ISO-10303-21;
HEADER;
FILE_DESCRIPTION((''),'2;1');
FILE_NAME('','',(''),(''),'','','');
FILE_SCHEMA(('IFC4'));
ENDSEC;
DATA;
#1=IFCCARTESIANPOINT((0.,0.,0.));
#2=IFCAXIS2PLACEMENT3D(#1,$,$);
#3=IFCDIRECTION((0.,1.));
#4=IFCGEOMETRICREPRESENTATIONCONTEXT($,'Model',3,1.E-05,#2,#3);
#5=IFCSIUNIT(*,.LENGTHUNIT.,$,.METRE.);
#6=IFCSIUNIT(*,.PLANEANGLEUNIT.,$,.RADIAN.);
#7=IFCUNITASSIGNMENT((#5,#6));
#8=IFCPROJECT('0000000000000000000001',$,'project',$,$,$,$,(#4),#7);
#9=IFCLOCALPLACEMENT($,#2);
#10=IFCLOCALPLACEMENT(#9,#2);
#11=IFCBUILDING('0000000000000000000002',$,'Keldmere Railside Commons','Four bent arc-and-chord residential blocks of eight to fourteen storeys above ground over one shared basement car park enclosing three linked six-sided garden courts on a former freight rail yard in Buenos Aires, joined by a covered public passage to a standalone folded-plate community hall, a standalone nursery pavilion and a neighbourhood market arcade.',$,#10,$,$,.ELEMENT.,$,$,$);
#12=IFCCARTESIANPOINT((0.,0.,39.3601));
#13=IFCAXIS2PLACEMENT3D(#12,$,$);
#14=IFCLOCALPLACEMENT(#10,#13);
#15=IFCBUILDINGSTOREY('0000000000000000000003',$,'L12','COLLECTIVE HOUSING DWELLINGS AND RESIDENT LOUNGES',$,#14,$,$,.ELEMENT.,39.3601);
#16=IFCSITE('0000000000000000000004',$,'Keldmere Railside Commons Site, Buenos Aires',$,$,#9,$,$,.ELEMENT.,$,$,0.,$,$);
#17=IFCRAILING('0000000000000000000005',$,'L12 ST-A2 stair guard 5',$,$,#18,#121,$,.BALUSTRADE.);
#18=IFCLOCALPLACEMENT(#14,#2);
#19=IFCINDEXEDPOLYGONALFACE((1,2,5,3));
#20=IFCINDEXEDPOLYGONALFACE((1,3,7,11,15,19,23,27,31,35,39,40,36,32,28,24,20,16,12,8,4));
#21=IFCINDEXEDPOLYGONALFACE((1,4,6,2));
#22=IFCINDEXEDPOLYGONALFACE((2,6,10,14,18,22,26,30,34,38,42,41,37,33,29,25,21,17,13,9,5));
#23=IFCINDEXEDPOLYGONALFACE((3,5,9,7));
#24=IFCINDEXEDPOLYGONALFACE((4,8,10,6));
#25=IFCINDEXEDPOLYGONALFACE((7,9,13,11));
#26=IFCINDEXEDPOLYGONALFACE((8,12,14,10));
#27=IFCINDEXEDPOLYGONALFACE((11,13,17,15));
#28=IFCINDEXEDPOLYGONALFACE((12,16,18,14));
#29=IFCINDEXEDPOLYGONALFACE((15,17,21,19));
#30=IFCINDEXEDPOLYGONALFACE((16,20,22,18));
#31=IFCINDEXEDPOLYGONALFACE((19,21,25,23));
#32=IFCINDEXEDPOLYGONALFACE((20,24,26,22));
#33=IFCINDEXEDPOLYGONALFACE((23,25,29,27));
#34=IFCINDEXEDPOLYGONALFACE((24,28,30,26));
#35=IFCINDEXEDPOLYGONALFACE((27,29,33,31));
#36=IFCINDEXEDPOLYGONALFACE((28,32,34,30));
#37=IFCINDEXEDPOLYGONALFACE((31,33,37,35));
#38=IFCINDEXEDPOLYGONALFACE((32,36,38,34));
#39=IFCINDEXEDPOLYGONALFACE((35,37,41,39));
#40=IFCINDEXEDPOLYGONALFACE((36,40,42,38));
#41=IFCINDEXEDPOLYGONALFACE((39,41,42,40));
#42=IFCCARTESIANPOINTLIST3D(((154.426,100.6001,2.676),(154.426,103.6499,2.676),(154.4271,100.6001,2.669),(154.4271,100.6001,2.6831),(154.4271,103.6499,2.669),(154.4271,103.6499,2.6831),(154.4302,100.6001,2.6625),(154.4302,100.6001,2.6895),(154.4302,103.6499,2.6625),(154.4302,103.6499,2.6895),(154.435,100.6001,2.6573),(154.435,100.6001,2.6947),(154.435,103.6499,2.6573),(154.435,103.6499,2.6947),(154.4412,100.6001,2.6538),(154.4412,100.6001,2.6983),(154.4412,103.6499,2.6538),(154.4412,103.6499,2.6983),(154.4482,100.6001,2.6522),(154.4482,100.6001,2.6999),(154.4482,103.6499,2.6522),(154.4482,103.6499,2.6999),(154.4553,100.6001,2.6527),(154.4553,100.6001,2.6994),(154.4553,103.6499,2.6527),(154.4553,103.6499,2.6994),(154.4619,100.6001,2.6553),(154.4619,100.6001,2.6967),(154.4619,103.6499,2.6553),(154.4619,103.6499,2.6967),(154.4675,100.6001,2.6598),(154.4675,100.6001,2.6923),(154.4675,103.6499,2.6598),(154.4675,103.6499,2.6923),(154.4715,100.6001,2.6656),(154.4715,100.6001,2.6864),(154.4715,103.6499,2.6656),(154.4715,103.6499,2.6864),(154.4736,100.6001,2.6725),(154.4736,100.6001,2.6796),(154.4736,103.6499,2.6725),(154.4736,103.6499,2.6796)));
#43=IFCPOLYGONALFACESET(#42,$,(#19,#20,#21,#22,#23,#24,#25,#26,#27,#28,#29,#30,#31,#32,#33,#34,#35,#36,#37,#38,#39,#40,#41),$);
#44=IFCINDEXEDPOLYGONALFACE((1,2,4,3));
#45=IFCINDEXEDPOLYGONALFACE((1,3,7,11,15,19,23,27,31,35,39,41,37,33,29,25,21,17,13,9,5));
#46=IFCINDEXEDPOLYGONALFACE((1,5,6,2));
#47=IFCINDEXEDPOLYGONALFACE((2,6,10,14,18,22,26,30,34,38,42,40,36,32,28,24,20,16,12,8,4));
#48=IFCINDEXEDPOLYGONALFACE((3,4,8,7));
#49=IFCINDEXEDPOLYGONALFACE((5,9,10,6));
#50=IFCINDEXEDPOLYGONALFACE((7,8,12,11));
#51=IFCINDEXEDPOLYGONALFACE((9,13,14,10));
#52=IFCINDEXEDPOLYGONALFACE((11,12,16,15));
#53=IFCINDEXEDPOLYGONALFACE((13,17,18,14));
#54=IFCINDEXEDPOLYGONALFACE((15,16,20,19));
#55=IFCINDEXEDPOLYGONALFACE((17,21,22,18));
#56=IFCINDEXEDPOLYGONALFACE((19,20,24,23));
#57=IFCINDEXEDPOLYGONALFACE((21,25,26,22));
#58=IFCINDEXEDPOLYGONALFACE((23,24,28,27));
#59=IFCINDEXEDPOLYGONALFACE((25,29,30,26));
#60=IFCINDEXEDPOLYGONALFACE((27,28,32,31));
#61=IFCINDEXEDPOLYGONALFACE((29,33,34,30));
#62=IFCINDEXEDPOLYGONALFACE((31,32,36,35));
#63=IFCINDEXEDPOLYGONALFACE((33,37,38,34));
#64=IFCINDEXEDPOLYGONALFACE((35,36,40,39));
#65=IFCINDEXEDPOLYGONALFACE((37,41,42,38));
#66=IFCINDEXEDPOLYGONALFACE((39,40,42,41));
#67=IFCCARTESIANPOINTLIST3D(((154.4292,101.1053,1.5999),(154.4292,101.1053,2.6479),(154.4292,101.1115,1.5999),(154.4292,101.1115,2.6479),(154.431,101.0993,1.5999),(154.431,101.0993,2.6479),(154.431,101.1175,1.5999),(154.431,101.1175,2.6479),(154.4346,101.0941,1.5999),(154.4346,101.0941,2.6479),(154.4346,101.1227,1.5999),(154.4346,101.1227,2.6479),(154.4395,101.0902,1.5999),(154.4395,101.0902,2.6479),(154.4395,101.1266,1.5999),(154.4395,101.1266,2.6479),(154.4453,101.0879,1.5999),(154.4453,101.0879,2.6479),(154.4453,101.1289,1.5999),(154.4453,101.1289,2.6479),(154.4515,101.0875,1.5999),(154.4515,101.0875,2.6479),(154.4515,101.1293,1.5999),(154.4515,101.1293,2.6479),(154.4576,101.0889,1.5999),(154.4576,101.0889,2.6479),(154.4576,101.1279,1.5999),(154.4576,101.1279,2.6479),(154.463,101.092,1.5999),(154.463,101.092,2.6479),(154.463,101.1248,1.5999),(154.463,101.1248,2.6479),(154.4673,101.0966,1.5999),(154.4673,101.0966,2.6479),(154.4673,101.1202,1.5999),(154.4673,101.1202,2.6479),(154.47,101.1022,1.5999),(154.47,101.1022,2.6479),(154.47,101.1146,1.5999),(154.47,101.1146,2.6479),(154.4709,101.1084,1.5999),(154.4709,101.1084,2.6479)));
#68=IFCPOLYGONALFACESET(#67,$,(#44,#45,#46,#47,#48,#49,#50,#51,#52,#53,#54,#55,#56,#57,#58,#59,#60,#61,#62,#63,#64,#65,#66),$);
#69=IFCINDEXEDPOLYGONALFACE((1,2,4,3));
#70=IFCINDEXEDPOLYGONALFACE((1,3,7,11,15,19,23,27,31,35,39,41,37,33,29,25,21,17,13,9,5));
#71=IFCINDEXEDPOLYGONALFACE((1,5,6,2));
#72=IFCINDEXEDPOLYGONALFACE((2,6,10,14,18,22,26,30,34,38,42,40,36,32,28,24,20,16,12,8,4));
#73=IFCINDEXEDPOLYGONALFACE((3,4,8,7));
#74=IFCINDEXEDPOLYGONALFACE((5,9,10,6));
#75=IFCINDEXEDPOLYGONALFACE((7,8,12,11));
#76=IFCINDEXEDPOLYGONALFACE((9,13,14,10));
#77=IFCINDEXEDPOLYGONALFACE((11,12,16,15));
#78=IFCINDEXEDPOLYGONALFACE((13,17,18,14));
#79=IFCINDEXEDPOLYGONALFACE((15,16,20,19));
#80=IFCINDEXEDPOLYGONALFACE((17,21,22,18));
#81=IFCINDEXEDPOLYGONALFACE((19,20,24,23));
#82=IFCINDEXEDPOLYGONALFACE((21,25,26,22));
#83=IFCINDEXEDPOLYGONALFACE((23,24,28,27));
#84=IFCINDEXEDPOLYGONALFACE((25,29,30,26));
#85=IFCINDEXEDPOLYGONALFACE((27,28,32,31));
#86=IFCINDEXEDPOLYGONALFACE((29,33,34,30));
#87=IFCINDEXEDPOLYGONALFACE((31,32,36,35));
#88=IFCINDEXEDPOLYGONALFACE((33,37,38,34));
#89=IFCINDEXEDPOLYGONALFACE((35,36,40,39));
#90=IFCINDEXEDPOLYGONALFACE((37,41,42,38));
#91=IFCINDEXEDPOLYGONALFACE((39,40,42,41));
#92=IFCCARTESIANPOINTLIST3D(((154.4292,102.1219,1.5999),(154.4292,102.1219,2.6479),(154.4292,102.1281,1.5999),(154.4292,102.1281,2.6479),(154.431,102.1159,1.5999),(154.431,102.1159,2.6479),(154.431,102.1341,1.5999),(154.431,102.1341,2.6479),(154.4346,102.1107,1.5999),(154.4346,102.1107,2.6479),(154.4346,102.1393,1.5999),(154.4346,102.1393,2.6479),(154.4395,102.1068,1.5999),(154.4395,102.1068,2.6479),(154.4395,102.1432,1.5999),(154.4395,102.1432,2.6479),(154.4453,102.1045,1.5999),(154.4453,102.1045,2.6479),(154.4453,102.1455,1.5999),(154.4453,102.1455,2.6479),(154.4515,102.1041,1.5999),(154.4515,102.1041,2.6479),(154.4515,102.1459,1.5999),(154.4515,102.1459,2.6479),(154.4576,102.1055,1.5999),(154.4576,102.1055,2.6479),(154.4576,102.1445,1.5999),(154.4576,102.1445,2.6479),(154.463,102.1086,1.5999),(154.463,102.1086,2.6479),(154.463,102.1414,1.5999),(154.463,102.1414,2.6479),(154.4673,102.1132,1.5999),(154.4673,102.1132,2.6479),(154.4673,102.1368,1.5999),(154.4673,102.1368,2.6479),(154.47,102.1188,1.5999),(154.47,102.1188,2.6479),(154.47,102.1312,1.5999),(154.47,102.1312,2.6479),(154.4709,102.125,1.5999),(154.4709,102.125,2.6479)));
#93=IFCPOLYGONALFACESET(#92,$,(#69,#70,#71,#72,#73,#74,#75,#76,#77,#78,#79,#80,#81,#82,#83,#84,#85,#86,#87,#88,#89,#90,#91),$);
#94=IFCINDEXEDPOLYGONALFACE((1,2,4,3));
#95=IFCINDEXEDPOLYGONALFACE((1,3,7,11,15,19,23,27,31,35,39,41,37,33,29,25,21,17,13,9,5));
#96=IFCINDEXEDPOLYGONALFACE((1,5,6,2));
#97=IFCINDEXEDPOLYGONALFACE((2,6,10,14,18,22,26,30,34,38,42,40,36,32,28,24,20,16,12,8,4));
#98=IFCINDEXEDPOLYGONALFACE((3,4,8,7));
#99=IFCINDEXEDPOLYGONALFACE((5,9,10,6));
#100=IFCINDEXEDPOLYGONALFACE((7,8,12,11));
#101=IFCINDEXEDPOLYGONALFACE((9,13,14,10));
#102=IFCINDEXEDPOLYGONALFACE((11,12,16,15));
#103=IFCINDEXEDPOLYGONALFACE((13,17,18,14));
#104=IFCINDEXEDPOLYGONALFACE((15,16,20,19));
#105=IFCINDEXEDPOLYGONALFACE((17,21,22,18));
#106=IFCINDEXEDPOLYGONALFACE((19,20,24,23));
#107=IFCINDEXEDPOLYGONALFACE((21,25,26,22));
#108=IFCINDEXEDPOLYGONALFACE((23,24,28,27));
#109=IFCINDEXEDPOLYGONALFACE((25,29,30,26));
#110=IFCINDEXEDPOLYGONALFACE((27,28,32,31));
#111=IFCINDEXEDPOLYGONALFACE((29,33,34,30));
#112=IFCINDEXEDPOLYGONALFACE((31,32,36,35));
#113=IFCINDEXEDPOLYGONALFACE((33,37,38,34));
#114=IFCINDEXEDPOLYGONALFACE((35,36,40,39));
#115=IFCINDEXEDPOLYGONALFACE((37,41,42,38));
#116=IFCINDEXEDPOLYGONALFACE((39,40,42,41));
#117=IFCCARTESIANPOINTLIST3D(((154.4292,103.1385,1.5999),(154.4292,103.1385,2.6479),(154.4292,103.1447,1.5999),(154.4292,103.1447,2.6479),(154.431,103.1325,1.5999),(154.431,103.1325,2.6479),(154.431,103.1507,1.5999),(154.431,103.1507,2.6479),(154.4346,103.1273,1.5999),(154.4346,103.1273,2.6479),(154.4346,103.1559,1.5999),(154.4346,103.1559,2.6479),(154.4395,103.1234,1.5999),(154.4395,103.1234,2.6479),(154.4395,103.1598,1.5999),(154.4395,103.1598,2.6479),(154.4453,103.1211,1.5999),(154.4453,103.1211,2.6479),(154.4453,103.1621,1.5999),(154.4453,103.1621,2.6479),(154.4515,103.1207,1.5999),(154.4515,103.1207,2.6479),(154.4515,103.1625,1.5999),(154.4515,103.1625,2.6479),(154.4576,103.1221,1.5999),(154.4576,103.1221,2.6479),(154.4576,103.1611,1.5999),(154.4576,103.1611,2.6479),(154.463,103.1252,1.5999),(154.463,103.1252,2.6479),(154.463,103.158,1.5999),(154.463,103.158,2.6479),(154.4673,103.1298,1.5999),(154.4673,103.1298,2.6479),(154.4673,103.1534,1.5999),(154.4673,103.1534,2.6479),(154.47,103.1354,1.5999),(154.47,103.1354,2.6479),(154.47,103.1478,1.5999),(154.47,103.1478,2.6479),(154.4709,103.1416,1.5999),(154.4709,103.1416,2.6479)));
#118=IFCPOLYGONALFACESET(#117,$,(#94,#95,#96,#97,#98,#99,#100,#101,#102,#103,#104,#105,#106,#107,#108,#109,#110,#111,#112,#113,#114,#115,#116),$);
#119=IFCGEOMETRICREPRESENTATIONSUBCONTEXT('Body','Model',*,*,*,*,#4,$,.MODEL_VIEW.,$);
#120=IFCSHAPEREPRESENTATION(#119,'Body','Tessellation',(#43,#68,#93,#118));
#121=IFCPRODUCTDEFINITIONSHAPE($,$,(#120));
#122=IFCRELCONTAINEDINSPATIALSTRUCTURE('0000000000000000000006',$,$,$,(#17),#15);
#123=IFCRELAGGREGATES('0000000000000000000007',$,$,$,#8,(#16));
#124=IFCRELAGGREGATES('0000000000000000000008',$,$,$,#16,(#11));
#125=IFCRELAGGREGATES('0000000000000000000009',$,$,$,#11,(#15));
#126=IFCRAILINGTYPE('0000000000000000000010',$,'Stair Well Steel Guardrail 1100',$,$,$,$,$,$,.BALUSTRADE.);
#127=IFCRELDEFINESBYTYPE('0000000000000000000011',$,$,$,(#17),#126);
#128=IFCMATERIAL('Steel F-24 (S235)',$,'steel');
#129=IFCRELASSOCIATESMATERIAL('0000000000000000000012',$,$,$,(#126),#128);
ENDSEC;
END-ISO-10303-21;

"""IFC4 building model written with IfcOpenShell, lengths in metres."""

from ifc_helpers import new_model, si_unit, direction, frame, origin, origin_2d, place, context, subcontext, project, spatial, circle, extrude, material, type_object, element, save


model = new_model("IFC4")

# Units and contexts
model_context = context("Model", 3, precision=1e-05, world=origin(), true_north=direction((0.0, 1.0)))
body_context = subcontext(model_context, "Body", "Model", "MODEL_VIEW")
ifc_project = project(units=[si_unit("LENGTHUNIT", "METRE"), si_unit("PLANEANGLEUNIT", "RADIAN")], contexts=[model_context])

# Site, building, storey
site_placement = place(None, origin())
site = spatial("IfcSite", under=ifc_project, at=site_placement, Name="Keldmere Railside Commons Site, Buenos Aires", CompositionType="ELEMENT", RefElevation=0.0)
building_placement = place(site_placement, origin())
building = spatial("IfcBuilding", under=site, at=building_placement, Name="Keldmere Railside Commons", Description="Four bent arc-and-chord residential blocks of eight to fourteen storeys above ground over one shared basement car park enclosing three linked six-sided garden courts on a former freight rail yard in Buenos Aires, joined by a covered public passage to a standalone folded-plate community hall, a standalone nursery pavilion and a neighbourhood market arcade.", CompositionType="ELEMENT")
storey_placement = place(building_placement, frame((0.0, 0.0, 39.3601)))
storey = spatial("IfcBuildingStorey", under=building, at=storey_placement, Name="L12", Description="COLLECTIVE HOUSING DWELLINGS AND RESIDENT LOUNGES", CompositionType="ELEMENT", Elevation=39.3601)

# Railing
ifc_material_1 = material(Name="Steel F-24 (S235)", Category="steel")
railing_type_1 = type_object("IfcRailingType", Name="Stair Well Steel Guardrail 1100", PredefinedType="BALUSTRADE", material=ifc_material_1)
railing_1_placement = place(storey_placement, frame((154.45, 100.6001, 1.5999)))
element("IfcRailing", 1, at=railing_1_placement, inside=storey, type_object=railing_type_1, Name="L12 ST-A2 stair guard 5", PredefinedType="BALUSTRADE", context=body_context, shape_type="SweptSolid", body=[
    extrude(circle(Radius=0.0239, at=origin_2d()), frame((0.0, 0.0, 1.0762), z_axis=(0.0, 1.0, 0.0), x_axis=(-1.0, 0.0, 0.0)), (0.0, 0.0, 1.0), 3.0498),
    extrude(circle(Radius=0.021, at=origin_2d()), frame((0.0, 0.5083, 0.0)), (0.0, 0.0, 1.0), 1.0481),
    extrude(circle(Radius=0.021, at=origin_2d()), frame((0.0, 1.5249, 0.0)), (0.0, 0.0, 1.0), 1.0481),
    extrude(circle(Radius=0.021, at=origin_2d()), frame((0.0, 2.5415, 0.0)), (0.0, 0.0, 1.0), 1.0481),
])

save(model, "model.ifc")
